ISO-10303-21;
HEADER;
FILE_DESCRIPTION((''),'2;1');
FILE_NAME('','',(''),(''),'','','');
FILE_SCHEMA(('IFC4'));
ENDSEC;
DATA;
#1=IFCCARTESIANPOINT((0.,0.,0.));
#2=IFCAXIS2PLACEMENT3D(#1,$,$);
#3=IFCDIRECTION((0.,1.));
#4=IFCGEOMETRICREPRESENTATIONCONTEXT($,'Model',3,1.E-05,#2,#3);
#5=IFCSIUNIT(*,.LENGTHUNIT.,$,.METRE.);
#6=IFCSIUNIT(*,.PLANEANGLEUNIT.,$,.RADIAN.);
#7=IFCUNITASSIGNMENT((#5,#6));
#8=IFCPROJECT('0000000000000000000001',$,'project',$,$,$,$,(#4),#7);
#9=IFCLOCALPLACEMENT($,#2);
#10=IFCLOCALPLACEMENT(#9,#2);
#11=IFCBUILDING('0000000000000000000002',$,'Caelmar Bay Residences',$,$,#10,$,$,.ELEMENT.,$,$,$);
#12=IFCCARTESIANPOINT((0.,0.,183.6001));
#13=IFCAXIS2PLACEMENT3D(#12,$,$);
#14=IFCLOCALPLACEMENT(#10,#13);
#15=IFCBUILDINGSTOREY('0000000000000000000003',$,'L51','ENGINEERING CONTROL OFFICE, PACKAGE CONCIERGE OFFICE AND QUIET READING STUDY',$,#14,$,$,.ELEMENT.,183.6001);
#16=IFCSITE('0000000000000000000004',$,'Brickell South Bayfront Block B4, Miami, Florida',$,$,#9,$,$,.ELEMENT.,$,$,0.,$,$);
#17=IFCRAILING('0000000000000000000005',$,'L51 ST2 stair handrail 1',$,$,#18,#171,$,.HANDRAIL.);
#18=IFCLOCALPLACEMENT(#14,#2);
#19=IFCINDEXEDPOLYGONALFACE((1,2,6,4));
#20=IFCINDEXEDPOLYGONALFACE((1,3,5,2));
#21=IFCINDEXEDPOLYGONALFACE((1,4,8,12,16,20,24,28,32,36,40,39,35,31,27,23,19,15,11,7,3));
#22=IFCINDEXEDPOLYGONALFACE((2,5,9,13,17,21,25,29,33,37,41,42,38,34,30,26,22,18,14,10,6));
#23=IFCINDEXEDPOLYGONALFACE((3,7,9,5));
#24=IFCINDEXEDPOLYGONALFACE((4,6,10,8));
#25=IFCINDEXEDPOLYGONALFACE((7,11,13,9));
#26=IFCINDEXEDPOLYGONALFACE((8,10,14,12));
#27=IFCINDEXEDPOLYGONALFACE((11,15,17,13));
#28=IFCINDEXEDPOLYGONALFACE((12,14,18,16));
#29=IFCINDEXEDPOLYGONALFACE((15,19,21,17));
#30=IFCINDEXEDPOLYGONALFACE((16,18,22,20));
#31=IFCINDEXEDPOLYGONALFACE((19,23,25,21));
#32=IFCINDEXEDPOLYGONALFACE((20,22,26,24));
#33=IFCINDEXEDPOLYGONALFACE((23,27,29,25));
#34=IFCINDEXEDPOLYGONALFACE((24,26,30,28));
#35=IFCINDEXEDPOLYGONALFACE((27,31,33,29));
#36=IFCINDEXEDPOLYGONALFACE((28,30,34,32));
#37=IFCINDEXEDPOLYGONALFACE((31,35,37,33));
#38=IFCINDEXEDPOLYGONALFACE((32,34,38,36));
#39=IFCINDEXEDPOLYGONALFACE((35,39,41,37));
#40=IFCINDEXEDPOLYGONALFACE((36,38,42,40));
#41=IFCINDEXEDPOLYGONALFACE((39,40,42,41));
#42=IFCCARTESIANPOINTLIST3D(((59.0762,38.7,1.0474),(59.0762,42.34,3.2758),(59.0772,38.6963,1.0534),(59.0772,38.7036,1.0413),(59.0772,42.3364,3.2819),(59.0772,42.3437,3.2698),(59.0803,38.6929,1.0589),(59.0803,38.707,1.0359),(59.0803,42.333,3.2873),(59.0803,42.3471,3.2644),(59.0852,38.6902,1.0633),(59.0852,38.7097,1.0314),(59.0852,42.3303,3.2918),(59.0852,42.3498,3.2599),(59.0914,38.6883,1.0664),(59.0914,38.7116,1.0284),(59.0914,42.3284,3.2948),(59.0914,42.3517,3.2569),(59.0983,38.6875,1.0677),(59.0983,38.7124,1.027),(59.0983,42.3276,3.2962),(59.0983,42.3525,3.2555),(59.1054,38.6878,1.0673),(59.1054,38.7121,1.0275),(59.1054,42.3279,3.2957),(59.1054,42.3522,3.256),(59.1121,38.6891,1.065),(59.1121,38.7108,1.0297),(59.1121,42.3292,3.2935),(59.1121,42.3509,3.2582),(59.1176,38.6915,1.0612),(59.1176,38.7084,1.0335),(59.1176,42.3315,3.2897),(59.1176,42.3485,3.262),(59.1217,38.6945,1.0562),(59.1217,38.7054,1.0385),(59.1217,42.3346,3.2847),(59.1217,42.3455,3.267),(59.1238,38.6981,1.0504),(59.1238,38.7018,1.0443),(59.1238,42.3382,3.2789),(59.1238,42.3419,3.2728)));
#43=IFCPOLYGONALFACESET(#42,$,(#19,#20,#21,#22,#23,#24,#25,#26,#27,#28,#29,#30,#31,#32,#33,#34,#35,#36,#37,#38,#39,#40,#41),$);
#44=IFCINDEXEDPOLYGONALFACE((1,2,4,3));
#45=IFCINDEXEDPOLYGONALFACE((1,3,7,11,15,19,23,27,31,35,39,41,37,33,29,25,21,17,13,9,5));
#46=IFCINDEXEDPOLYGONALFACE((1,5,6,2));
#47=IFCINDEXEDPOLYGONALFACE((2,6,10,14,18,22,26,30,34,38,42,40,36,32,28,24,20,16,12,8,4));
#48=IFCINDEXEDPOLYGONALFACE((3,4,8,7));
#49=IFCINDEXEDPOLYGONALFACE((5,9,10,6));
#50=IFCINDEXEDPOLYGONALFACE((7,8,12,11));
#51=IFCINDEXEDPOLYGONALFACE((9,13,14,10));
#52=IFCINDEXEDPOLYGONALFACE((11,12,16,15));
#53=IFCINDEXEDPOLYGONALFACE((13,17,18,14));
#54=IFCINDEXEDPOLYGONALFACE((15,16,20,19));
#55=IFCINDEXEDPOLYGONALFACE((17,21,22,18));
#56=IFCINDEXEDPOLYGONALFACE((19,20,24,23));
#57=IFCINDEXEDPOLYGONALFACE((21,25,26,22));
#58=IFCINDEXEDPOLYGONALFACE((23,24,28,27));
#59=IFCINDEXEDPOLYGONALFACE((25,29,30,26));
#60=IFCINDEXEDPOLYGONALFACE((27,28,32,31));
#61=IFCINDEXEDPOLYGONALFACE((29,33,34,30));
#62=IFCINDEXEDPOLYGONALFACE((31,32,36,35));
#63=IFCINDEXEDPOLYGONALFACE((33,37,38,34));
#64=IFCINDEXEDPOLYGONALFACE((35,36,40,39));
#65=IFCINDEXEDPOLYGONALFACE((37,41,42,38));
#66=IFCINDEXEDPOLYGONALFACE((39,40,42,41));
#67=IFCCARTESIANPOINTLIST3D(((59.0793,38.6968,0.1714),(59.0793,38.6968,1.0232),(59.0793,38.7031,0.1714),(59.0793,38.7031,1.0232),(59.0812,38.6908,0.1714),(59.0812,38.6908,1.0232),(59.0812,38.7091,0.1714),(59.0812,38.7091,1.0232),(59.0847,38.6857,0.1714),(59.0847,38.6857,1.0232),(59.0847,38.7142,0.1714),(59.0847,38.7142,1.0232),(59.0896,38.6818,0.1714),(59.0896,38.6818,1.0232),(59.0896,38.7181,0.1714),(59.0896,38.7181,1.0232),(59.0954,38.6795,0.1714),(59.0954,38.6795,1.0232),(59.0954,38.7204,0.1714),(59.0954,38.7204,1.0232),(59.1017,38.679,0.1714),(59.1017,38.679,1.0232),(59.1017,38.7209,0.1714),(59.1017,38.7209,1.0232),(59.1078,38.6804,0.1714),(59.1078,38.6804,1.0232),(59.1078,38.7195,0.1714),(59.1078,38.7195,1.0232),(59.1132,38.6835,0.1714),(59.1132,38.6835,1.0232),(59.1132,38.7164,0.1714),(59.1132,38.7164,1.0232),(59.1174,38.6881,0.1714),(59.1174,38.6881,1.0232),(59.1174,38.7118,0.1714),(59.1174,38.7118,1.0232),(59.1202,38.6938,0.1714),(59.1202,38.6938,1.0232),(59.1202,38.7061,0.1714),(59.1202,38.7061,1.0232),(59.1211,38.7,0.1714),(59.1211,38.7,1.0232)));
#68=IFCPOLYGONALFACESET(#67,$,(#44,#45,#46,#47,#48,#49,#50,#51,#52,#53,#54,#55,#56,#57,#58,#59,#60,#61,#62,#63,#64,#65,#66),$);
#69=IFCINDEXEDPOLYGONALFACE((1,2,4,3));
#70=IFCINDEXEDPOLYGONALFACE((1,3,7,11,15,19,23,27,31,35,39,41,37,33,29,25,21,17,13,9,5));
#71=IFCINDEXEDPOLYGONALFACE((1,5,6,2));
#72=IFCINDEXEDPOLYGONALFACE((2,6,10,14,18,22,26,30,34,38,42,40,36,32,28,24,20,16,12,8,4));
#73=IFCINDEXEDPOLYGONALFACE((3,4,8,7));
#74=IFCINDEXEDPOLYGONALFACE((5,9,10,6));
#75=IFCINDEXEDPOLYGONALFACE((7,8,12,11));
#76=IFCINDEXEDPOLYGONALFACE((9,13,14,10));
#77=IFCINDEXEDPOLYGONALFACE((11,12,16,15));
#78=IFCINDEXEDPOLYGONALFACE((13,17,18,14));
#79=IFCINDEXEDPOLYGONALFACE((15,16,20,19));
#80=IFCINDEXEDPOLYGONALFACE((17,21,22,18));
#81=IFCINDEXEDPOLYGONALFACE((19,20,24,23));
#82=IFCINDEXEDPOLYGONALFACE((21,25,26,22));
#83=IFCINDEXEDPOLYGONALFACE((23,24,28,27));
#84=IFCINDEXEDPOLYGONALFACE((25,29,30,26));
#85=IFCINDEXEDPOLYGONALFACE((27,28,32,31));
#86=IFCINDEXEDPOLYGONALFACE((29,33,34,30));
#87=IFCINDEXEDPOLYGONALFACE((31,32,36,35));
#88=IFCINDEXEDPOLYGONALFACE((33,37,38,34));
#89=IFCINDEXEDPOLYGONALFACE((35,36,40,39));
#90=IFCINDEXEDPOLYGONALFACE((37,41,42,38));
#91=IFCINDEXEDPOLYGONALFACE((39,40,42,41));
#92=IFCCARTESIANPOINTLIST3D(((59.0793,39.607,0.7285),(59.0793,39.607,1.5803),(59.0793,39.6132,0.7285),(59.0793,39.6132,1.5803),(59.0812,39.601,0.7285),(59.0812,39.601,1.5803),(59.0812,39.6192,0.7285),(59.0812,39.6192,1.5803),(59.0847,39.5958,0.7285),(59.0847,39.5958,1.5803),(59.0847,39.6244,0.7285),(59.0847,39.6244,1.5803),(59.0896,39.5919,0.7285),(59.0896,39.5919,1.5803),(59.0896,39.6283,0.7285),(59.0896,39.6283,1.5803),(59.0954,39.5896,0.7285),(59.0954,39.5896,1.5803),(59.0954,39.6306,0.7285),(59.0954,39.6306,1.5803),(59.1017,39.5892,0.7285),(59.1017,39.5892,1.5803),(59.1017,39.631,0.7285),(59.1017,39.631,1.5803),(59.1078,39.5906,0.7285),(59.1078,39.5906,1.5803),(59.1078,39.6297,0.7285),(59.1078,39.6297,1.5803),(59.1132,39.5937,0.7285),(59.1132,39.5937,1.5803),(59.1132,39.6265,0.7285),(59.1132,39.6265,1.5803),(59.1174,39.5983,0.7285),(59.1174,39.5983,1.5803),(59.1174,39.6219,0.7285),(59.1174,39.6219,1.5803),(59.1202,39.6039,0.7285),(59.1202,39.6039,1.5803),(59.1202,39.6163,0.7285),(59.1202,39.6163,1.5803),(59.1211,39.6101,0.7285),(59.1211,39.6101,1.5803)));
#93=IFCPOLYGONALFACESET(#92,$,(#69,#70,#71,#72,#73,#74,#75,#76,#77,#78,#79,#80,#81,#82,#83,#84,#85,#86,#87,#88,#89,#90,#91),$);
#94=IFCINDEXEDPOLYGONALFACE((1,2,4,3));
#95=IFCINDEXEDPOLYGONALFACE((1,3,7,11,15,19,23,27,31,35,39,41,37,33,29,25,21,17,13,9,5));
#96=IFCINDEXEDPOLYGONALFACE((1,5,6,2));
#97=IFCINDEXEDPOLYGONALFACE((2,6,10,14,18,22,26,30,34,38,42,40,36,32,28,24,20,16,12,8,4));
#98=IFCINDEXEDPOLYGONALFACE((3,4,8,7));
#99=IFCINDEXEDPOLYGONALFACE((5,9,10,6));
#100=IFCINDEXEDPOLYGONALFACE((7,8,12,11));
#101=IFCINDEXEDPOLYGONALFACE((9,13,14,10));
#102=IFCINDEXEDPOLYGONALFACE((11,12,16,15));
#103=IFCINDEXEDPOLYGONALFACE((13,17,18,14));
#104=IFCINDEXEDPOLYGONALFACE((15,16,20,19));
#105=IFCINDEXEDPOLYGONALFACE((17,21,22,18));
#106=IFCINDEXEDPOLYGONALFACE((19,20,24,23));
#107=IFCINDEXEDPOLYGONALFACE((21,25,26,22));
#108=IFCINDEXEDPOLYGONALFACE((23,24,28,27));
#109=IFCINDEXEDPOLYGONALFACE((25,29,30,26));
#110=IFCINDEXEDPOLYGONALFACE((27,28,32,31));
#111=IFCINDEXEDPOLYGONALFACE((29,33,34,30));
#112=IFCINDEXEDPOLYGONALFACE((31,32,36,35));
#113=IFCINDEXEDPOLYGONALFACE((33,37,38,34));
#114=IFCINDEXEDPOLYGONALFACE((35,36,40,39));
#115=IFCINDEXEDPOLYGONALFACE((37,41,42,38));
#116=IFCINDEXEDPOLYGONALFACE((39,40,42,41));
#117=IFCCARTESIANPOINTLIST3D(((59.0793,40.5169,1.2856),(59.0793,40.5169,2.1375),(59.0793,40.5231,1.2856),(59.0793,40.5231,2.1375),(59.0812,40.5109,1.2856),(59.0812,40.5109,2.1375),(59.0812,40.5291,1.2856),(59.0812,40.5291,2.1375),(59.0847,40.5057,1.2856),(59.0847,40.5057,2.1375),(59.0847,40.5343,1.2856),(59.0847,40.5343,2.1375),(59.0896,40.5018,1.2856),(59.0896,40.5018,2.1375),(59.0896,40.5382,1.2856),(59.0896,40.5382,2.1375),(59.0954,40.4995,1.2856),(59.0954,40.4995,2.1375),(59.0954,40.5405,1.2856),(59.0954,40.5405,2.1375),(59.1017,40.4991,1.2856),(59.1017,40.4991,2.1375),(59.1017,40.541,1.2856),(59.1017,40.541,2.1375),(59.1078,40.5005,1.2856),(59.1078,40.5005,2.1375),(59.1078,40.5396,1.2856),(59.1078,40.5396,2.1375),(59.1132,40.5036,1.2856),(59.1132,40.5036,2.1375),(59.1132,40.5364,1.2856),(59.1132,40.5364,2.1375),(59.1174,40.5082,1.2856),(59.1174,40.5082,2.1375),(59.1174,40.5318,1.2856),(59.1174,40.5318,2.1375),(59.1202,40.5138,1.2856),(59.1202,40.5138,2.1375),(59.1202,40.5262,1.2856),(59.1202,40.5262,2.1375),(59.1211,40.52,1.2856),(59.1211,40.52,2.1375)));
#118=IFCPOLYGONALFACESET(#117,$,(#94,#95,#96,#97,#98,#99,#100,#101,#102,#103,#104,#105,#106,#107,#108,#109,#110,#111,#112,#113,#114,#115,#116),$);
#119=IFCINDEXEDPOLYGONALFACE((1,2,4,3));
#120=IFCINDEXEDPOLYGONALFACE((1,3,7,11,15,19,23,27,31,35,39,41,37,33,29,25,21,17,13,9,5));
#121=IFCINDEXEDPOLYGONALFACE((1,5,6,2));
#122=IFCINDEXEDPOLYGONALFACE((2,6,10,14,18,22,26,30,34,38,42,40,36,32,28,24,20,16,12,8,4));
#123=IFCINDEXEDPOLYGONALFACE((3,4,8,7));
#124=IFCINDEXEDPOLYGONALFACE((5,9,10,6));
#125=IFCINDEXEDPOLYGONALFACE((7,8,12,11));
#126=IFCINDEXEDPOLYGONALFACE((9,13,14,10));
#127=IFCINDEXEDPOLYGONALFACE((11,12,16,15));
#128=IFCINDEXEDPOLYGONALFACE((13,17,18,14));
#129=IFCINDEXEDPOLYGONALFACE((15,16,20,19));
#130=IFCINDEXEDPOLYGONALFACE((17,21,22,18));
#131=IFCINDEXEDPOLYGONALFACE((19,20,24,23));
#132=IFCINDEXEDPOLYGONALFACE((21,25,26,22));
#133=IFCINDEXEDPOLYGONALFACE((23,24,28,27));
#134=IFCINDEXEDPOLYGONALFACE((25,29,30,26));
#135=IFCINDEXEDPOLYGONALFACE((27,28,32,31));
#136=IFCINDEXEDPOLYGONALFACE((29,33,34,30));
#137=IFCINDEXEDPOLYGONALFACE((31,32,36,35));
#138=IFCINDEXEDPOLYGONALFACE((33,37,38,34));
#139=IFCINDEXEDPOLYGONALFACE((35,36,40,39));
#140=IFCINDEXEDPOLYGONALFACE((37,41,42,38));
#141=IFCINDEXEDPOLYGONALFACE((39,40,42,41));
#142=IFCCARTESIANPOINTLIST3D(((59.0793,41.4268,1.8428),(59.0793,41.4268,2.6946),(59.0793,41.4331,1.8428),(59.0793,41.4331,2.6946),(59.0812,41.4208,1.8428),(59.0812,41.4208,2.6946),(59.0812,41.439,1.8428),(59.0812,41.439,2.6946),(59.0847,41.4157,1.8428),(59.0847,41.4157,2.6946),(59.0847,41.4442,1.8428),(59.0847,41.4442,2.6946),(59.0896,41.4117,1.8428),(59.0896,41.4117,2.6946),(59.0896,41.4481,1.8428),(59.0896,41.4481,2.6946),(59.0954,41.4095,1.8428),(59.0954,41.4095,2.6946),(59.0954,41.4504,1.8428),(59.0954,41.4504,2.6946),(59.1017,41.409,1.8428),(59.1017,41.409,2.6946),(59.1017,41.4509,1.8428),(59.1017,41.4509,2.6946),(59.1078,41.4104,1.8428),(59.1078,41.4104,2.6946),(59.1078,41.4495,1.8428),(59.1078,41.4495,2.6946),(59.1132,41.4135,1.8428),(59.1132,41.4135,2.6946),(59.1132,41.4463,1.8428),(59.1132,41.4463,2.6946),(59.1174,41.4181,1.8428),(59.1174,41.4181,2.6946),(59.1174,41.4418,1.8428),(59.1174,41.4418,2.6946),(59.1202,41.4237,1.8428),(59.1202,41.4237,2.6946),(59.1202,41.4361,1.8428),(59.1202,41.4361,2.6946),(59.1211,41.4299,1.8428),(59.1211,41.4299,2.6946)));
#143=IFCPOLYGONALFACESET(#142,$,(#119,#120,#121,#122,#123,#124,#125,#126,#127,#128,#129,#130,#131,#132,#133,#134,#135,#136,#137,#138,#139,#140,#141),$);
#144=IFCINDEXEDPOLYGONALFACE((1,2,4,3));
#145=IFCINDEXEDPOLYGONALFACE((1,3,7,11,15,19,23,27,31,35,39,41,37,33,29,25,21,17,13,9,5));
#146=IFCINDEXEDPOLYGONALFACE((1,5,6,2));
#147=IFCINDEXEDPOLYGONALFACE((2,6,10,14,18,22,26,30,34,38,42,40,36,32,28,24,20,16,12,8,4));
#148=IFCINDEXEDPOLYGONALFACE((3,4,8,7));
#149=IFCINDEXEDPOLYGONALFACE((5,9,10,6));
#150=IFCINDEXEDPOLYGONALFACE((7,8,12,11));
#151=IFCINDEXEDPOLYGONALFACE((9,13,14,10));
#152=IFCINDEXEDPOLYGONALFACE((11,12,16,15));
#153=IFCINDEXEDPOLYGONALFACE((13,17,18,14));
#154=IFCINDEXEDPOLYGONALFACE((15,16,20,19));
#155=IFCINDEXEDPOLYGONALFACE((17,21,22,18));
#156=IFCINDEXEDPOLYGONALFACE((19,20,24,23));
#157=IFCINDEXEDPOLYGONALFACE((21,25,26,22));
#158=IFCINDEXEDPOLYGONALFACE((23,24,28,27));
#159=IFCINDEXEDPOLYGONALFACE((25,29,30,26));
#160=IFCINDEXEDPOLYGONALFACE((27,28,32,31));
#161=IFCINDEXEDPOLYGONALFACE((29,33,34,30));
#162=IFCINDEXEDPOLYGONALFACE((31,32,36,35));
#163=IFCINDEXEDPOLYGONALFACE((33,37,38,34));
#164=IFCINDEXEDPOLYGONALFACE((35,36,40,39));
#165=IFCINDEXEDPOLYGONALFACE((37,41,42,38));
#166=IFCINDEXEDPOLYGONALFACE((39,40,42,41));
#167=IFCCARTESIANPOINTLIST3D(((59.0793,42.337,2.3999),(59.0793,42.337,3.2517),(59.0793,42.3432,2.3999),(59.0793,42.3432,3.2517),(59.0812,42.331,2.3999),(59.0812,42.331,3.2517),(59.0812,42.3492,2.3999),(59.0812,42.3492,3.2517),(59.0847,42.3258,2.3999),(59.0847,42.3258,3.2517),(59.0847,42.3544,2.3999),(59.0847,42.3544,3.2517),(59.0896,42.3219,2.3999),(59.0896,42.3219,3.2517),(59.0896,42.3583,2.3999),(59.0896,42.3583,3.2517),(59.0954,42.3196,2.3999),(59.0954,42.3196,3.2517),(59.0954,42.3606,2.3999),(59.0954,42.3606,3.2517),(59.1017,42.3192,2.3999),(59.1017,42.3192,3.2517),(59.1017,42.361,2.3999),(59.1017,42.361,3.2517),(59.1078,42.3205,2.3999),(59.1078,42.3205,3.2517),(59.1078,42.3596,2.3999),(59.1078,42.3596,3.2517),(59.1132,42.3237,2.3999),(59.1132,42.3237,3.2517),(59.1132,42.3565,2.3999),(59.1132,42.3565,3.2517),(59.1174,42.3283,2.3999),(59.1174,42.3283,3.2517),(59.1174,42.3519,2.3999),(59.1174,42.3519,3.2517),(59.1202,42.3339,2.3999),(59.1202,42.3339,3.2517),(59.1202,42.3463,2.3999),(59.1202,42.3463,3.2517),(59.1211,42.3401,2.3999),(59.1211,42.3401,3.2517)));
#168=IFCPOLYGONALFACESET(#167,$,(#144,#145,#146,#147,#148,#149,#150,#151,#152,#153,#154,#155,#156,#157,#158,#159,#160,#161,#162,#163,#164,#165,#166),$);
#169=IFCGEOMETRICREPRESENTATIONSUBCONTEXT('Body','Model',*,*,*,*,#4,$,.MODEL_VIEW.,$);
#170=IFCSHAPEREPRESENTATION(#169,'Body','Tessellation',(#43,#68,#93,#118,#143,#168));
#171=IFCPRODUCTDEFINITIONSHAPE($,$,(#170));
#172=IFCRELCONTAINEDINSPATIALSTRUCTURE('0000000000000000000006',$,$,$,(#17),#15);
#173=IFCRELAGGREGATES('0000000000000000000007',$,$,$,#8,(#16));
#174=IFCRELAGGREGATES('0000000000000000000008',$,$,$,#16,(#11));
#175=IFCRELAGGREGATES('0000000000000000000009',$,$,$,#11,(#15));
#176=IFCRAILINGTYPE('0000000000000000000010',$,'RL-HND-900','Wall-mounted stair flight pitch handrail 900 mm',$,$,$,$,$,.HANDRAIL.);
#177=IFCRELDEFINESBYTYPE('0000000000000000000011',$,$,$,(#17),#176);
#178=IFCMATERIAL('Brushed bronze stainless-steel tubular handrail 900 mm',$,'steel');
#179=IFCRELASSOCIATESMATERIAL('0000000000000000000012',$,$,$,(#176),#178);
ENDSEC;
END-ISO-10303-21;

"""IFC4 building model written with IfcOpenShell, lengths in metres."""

from ifc_helpers import new_model, si_unit, direction, frame, origin, origin_2d, place, context, subcontext, project, spatial, circle, extrude, material, type_object, element, save


model = new_model("IFC4")

# Units and contexts
model_context = context("Model", 3, precision=1e-05, world=origin(), true_north=direction((0.0, 1.0)))
body_context = subcontext(model_context, "Body", "Model", "MODEL_VIEW")
ifc_project = project(units=[si_unit("LENGTHUNIT", "METRE"), si_unit("PLANEANGLEUNIT", "RADIAN")], contexts=[model_context])

# Site, building, storey
site_placement = place(None, origin())
site = spatial("IfcSite", under=ifc_project, at=site_placement, Name="Brickell South Bayfront Block B4, Miami, Florida", CompositionType="ELEMENT", RefElevation=0.0)
building_placement = place(site_placement, origin())
building = spatial("IfcBuilding", under=site, at=building_placement, Name="Caelmar Bay Residences", CompositionType="ELEMENT")
storey_placement = place(building_placement, frame((0.0, 0.0, 183.6001)))
storey = spatial("IfcBuildingStorey", under=building, at=storey_placement, Name="L51", Description="ENGINEERING CONTROL OFFICE, PACKAGE CONCIERGE OFFICE AND QUIET READING STUDY", CompositionType="ELEMENT", Elevation=183.6001)

# Railing
ifc_material_1 = material(Name="Brushed bronze stainless-steel tubular handrail 900 mm", Category="steel")
railing_type_1 = type_object("IfcRailingType", Name="RL-HND-900", Description="Wall-mounted stair flight pitch handrail 900 mm", PredefinedType="HANDRAIL", material=ifc_material_1)
railing_1_placement = place(storey_placement, frame((59.1001, 38.7, 0.1714)))
element("IfcRailing", 1, at=railing_1_placement, inside=storey, type_object=railing_type_1, Name="L51 ST2 stair handrail 1", PredefinedType="HANDRAIL", context=body_context, shape_type="SweptSolid", body=[
    extrude(circle(Radius=0.0239, at=origin_2d()), frame((0.0, 0.0, 0.876), z_axis=(0.0, 0.852866, 0.52213), x_axis=(-1.0, 0.0, 0.0)), (0.0, 0.0, 1.0), 4.2681),
    extrude(circle(Radius=0.021, at=origin_2d()), origin(), (0.0, 0.0, 1.0), 0.8518),
    extrude(circle(Radius=0.021, at=origin_2d()), frame((0.0, 0.9102, 0.5571)), (0.0, 0.0, 1.0), 0.8518),
    extrude(circle(Radius=0.021, at=origin_2d()), frame((0.0, 1.8201, 1.1143)), (0.0, 0.0, 1.0), 0.8518),
    extrude(circle(Radius=0.021, at=origin_2d()), frame((0.0, 2.73, 1.6714)), (0.0, 0.0, 1.0), 0.8518),
    extrude(circle(Radius=0.021, at=origin_2d()), frame((0.0, 3.6401, 2.2285)), (0.0, 0.0, 1.0), 0.8518),
])

save(model, "model.ifc")
